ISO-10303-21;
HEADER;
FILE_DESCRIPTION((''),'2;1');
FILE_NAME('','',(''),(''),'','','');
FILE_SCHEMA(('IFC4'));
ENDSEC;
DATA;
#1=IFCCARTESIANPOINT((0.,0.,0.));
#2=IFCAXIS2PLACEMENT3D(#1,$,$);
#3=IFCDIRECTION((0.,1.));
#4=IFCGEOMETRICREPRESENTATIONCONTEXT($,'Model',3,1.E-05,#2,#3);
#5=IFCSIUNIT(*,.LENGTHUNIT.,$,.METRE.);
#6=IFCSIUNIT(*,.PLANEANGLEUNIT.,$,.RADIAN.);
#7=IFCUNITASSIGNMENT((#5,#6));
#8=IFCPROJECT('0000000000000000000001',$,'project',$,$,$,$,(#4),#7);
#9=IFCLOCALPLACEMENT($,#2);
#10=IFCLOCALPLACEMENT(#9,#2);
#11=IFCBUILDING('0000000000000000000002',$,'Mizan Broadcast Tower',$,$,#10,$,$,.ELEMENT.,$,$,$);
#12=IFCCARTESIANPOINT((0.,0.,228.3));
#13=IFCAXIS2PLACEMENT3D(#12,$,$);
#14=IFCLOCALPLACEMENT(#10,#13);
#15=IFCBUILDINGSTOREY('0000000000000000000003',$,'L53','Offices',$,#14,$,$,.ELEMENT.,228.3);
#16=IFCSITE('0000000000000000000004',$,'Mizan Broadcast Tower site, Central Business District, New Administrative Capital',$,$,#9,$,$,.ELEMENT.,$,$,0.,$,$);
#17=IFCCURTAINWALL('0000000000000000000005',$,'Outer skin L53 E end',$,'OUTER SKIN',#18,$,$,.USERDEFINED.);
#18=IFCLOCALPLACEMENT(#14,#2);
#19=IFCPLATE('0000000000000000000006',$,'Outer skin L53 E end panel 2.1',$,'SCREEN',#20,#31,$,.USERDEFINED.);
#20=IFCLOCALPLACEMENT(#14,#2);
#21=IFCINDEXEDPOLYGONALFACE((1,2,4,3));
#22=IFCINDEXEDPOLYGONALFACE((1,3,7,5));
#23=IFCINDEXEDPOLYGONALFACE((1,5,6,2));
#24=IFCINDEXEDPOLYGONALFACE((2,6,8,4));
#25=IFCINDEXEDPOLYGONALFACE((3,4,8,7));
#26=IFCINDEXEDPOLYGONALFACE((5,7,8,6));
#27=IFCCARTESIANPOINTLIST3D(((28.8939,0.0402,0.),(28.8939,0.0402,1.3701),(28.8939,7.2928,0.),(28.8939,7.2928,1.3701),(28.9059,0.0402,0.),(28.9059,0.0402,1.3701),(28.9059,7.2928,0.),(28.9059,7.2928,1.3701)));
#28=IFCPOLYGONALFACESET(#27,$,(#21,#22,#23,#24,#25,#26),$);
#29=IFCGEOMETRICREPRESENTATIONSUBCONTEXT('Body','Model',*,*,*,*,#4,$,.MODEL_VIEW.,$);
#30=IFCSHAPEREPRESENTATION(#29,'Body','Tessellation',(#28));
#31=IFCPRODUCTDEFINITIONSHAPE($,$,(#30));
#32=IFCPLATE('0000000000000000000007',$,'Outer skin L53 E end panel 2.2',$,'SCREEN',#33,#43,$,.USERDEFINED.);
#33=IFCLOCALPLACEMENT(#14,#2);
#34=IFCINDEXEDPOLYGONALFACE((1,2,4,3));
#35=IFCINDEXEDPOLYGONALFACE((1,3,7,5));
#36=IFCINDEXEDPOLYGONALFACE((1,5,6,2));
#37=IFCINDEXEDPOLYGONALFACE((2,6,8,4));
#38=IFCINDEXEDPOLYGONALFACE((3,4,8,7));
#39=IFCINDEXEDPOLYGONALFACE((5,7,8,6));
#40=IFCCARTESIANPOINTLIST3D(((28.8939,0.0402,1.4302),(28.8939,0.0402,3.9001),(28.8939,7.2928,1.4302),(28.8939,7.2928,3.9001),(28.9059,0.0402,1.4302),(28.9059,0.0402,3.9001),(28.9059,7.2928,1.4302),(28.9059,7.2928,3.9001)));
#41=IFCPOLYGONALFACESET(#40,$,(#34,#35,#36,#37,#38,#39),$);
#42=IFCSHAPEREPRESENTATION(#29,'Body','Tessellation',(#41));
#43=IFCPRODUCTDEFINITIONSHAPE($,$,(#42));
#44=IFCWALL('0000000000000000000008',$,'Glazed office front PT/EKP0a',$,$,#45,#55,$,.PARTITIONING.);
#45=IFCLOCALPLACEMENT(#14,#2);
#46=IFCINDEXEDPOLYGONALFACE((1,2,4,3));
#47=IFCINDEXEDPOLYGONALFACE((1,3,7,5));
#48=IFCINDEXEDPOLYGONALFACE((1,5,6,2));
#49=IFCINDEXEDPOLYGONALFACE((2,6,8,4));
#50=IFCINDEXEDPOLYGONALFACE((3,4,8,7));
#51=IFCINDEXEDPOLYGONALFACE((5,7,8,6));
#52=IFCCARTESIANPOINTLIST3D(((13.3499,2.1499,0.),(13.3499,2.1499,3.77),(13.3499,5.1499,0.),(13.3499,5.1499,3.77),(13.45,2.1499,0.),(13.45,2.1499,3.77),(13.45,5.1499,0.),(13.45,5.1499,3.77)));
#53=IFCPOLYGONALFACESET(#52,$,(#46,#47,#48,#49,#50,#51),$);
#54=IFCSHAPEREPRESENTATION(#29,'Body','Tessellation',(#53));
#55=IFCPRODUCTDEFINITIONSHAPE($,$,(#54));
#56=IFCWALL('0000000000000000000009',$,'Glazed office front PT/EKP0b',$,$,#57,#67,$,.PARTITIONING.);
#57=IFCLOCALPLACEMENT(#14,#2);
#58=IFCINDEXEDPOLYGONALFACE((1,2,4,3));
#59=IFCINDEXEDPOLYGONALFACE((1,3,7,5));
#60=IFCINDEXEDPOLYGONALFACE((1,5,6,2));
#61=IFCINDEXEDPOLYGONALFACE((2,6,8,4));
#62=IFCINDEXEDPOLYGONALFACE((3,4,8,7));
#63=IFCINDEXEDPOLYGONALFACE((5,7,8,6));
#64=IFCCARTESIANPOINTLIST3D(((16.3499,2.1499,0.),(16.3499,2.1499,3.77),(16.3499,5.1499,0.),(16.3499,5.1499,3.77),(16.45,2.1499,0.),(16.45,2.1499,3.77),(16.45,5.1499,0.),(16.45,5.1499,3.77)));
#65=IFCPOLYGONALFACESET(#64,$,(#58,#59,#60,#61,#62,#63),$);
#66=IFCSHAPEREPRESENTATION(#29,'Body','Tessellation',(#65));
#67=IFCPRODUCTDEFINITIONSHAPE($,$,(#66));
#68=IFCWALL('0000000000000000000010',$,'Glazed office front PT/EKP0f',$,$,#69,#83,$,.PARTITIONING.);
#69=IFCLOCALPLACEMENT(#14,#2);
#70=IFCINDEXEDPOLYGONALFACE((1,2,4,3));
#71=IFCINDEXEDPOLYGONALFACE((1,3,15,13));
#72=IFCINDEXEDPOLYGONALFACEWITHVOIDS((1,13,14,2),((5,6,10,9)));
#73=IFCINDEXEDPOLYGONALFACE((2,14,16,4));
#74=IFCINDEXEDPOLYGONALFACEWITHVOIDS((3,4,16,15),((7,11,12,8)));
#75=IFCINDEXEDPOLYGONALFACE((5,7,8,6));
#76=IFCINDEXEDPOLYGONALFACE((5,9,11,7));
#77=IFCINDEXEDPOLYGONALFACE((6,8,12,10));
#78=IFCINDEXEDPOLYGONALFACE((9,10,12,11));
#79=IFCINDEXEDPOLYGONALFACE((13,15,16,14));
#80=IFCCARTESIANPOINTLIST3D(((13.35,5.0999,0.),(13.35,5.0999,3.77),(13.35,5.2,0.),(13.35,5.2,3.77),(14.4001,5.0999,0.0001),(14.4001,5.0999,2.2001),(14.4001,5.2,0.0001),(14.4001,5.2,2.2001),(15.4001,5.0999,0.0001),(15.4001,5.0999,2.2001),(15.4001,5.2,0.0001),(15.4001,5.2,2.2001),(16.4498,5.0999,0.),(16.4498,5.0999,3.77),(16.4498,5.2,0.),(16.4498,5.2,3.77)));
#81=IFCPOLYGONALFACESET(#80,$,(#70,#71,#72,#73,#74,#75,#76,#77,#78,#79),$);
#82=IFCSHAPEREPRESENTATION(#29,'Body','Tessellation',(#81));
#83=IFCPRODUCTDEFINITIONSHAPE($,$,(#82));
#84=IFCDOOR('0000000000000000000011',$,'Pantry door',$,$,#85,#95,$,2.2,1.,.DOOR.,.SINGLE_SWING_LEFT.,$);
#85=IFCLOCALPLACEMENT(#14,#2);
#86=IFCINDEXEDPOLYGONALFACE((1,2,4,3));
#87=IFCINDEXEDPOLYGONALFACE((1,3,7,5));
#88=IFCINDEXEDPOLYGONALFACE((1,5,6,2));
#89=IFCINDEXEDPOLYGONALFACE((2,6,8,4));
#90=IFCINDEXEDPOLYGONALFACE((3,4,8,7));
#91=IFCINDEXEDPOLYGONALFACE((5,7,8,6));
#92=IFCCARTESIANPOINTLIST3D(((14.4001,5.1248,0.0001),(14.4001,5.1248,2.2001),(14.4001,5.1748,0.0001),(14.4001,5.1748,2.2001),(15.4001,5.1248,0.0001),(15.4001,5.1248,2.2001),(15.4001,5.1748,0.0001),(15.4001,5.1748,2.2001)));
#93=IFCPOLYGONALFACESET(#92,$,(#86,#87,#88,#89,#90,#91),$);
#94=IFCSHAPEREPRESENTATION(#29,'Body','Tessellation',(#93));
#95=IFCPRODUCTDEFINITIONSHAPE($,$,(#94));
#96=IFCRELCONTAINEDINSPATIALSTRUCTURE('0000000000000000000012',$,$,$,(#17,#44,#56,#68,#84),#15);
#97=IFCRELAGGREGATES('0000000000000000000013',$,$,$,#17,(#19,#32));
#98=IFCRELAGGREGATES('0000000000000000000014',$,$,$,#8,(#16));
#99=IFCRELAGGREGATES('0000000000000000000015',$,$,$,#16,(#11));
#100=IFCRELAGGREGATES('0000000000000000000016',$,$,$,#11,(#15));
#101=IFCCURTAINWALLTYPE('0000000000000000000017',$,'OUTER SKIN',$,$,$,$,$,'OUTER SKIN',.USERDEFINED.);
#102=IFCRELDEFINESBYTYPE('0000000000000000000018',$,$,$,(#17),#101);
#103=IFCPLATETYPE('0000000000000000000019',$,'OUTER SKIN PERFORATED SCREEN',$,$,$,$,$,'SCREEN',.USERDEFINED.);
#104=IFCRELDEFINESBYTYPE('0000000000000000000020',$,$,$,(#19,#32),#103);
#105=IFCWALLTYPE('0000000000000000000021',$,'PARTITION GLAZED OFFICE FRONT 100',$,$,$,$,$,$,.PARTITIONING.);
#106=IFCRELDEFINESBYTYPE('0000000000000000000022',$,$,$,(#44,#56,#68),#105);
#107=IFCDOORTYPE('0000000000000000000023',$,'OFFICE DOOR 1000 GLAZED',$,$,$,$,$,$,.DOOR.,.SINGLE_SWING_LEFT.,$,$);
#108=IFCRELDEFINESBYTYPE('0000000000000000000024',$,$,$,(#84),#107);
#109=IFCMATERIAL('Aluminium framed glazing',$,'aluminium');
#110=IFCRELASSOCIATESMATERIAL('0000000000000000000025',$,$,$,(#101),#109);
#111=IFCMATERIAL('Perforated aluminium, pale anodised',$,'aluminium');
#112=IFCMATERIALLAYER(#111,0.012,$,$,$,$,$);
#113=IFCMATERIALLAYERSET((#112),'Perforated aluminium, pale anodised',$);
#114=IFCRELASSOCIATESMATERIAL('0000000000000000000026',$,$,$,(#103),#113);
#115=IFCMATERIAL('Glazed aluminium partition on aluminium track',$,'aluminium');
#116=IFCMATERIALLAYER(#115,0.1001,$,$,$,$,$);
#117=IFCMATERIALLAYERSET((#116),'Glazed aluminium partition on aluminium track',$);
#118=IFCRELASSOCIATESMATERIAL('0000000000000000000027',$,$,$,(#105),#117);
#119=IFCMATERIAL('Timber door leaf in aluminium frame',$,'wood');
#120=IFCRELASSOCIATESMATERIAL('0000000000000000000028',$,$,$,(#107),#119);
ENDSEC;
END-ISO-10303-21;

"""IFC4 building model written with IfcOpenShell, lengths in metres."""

from ifc_helpers import new_model, si_unit, direction, frame, frame_2d, origin, origin_2d, place, context, subcontext, project, spatial, rectangle, extrude, material, layer, layer_set, type_object, element, fill, aggregate, save


model = new_model("IFC4")

# Units and contexts
model_context = context("Model", 3, precision=1e-05, world=origin(), true_north=direction((0.0, 1.0)))
body_context = subcontext(model_context, "Body", "Model", "MODEL_VIEW")
ifc_project = project(units=[si_unit("LENGTHUNIT", "METRE"), si_unit("PLANEANGLEUNIT", "RADIAN")], contexts=[model_context])

# Site, building, storey
site_placement = place(None, origin())
site = spatial("IfcSite", under=ifc_project, at=site_placement, Name="Mizan Broadcast Tower site, Central Business District, New Administrative Capital", CompositionType="ELEMENT", RefElevation=0.0)
building_placement = place(site_placement, origin())
building = spatial("IfcBuilding", under=site, at=building_placement, Name="Mizan Broadcast Tower", CompositionType="ELEMENT")
storey_placement = place(building_placement, frame((0.0, 0.0, 228.3)))
storey = spatial("IfcBuildingStorey", under=building, at=storey_placement, Name="L53", Description="Offices", CompositionType="ELEMENT", Elevation=228.3)

# Curtain wall
ifc_material_1 = material(Name="Aluminium framed glazing", Category="aluminium")
curtain_wall_type_1 = type_object("IfcCurtainWallType", Name="OUTER SKIN", ElementType="OUTER SKIN", PredefinedType="USERDEFINED", material=ifc_material_1)
curtain_wall_1_placement = place(storey_placement, origin())
curtain_wall_1 = element("IfcCurtainWall", 1, at=curtain_wall_1_placement, inside=storey, type_object=curtain_wall_type_1, Name="Outer skin L53 E end", ObjectType="OUTER SKIN", PredefinedType="USERDEFINED")

# Plates
ifc_material_2 = material(Name="Perforated aluminium, pale anodised", Category="aluminium")
ifc_layer_1 = layer(ifc_material_2, 0.012)
ifc_layer_set_1 = layer_set([ifc_layer_1], Name="Perforated aluminium, pale anodised")
plate_type_1 = type_object("IfcPlateType", Name="OUTER SKIN PERFORATED SCREEN", ElementType="SCREEN", PredefinedType="USERDEFINED", material=ifc_layer_set_1)
plate_1_placement = place(storey_placement, frame((28.8999, 3.6665, 0.0), z_axis=(0.0, 0.0, 1.0), x_axis=(0.0, 1.0, 0.0)))
plate_1 = element("IfcPlate", 2, at=plate_1_placement, type_object=plate_type_1, Name="Outer skin L53 E end panel 2.1", ObjectType="SCREEN", PredefinedType="USERDEFINED", context=body_context, shape_type="SweptSolid", body=[
    extrude(rectangle(XDim=7.2527, YDim=0.012, at=origin_2d()), origin(), (0.0, 0.0, 1.0), 1.3701),
])
plate_2_placement = place(storey_placement, frame((28.8999, 3.6665, 1.4302), z_axis=(0.0, 0.0, 1.0), x_axis=(0.0, 1.0, 0.0)))
plate_2 = element("IfcPlate", 3, at=plate_2_placement, type_object=plate_type_1, Name="Outer skin L53 E end panel 2.2", ObjectType="SCREEN", PredefinedType="USERDEFINED", context=body_context, shape_type="SweptSolid", body=[
    extrude(rectangle(XDim=7.2527, YDim=0.012, at=origin_2d()), origin(), (0.0, 0.0, 1.0), 2.47),
])
aggregate(curtain_wall_1, [plate_1, plate_2])

# Walls
ifc_material_3 = material(Name="Glazed aluminium partition on aluminium track", Category="aluminium")
ifc_layer_2 = layer(ifc_material_3, 0.1001)
ifc_layer_set_2 = layer_set([ifc_layer_2], Name="Glazed aluminium partition on aluminium track")
wall_type = type_object("IfcWallType", Name="PARTITION GLAZED OFFICE FRONT 100", PredefinedType="PARTITIONING", material=ifc_layer_set_2)
for number, where, z_axis, x_axis, name in (
    (4, (13.3999, 2.1499, 0.0), (0.0, 0.0, 1.0), (0.0, 1.0, 0.0), "Glazed office front PT/EKP0a"),
    (5, (16.3999, 2.1499, 0.0), (0.0, 0.0, 1.0), (0.0, 1.0, 0.0), "Glazed office front PT/EKP0b"),
):
    element("IfcWall", number, at=place(storey_placement, frame(where, z_axis=z_axis, x_axis=x_axis)), inside=storey, type_object=wall_type, Name=name, PredefinedType="PARTITIONING", context=body_context, shape_type="SweptSolid", body=[
        extrude(rectangle(XDim=3.0, YDim=0.1001, at=frame_2d((1.5, 0.0))), origin(), (0.0, 0.0, 1.0), 3.77),
    ])

# Wall, opening, door
wall_placement = place(storey_placement, frame((13.3501, 5.1499, 0.0), z_axis=(0.0, 0.0, 1.0), x_axis=(1.0, 0.0, 0.0)))
wall = element("IfcWall", 6, at=wall_placement, inside=storey, type_object=wall_type, Name="Glazed office front PT/EKP0f", PredefinedType="PARTITIONING", context=body_context, shape_type="SweptSolid", body=[
    extrude(rectangle(XDim=3.0999, YDim=0.1001, at=frame_2d((1.5498, 0.0))), origin(), (0.0, 0.0, 1.0), 3.77),
])
opening_placement = place(wall_placement, frame((1.05, 0.0, 0.0)))
opening = element("IfcOpeningElement", 7, at=opening_placement, cuts=wall, PredefinedType="OPENING", context=body_context, shape_type="SweptSolid", body=[
    extrude(rectangle(XDim=1.0, YDim=2.2, at=frame_2d((0.5, 1.1001))), frame((0.0, 0.0601, 0.0), z_axis=(0.0, -1.0, 0.0), x_axis=(1.0, 0.0, 0.0)), (0.0, 0.0, 1.0), 0.1201),
])
ifc_material_4 = material(Name="Timber door leaf in aluminium frame", Category="wood")
door_type = type_object("IfcDoorType", Name="OFFICE DOOR 1000 GLAZED", OperationType="SINGLE_SWING_LEFT", PredefinedType="DOOR", material=ifc_material_4)
door_placement = place(opening_placement, origin())
door = element("IfcDoor", 8, at=door_placement, inside=storey, type_object=door_type, Name="Pantry door", OperationType="SINGLE_SWING_LEFT", OverallHeight=2.2, OverallWidth=1.0, PredefinedType="DOOR", context=body_context, shape_type="SweptSolid", body=[
    extrude(rectangle(XDim=1.0, YDim=2.2, at=frame_2d((0.5, 1.1001))), frame((0.0, 0.0249, 0.0), z_axis=(0.0, -1.0, 0.0), x_axis=(1.0, 0.0, 0.0)), (0.0, 0.0, 1.0), 0.05),
])
fill(opening, door)

save(model, "model.ifc")
